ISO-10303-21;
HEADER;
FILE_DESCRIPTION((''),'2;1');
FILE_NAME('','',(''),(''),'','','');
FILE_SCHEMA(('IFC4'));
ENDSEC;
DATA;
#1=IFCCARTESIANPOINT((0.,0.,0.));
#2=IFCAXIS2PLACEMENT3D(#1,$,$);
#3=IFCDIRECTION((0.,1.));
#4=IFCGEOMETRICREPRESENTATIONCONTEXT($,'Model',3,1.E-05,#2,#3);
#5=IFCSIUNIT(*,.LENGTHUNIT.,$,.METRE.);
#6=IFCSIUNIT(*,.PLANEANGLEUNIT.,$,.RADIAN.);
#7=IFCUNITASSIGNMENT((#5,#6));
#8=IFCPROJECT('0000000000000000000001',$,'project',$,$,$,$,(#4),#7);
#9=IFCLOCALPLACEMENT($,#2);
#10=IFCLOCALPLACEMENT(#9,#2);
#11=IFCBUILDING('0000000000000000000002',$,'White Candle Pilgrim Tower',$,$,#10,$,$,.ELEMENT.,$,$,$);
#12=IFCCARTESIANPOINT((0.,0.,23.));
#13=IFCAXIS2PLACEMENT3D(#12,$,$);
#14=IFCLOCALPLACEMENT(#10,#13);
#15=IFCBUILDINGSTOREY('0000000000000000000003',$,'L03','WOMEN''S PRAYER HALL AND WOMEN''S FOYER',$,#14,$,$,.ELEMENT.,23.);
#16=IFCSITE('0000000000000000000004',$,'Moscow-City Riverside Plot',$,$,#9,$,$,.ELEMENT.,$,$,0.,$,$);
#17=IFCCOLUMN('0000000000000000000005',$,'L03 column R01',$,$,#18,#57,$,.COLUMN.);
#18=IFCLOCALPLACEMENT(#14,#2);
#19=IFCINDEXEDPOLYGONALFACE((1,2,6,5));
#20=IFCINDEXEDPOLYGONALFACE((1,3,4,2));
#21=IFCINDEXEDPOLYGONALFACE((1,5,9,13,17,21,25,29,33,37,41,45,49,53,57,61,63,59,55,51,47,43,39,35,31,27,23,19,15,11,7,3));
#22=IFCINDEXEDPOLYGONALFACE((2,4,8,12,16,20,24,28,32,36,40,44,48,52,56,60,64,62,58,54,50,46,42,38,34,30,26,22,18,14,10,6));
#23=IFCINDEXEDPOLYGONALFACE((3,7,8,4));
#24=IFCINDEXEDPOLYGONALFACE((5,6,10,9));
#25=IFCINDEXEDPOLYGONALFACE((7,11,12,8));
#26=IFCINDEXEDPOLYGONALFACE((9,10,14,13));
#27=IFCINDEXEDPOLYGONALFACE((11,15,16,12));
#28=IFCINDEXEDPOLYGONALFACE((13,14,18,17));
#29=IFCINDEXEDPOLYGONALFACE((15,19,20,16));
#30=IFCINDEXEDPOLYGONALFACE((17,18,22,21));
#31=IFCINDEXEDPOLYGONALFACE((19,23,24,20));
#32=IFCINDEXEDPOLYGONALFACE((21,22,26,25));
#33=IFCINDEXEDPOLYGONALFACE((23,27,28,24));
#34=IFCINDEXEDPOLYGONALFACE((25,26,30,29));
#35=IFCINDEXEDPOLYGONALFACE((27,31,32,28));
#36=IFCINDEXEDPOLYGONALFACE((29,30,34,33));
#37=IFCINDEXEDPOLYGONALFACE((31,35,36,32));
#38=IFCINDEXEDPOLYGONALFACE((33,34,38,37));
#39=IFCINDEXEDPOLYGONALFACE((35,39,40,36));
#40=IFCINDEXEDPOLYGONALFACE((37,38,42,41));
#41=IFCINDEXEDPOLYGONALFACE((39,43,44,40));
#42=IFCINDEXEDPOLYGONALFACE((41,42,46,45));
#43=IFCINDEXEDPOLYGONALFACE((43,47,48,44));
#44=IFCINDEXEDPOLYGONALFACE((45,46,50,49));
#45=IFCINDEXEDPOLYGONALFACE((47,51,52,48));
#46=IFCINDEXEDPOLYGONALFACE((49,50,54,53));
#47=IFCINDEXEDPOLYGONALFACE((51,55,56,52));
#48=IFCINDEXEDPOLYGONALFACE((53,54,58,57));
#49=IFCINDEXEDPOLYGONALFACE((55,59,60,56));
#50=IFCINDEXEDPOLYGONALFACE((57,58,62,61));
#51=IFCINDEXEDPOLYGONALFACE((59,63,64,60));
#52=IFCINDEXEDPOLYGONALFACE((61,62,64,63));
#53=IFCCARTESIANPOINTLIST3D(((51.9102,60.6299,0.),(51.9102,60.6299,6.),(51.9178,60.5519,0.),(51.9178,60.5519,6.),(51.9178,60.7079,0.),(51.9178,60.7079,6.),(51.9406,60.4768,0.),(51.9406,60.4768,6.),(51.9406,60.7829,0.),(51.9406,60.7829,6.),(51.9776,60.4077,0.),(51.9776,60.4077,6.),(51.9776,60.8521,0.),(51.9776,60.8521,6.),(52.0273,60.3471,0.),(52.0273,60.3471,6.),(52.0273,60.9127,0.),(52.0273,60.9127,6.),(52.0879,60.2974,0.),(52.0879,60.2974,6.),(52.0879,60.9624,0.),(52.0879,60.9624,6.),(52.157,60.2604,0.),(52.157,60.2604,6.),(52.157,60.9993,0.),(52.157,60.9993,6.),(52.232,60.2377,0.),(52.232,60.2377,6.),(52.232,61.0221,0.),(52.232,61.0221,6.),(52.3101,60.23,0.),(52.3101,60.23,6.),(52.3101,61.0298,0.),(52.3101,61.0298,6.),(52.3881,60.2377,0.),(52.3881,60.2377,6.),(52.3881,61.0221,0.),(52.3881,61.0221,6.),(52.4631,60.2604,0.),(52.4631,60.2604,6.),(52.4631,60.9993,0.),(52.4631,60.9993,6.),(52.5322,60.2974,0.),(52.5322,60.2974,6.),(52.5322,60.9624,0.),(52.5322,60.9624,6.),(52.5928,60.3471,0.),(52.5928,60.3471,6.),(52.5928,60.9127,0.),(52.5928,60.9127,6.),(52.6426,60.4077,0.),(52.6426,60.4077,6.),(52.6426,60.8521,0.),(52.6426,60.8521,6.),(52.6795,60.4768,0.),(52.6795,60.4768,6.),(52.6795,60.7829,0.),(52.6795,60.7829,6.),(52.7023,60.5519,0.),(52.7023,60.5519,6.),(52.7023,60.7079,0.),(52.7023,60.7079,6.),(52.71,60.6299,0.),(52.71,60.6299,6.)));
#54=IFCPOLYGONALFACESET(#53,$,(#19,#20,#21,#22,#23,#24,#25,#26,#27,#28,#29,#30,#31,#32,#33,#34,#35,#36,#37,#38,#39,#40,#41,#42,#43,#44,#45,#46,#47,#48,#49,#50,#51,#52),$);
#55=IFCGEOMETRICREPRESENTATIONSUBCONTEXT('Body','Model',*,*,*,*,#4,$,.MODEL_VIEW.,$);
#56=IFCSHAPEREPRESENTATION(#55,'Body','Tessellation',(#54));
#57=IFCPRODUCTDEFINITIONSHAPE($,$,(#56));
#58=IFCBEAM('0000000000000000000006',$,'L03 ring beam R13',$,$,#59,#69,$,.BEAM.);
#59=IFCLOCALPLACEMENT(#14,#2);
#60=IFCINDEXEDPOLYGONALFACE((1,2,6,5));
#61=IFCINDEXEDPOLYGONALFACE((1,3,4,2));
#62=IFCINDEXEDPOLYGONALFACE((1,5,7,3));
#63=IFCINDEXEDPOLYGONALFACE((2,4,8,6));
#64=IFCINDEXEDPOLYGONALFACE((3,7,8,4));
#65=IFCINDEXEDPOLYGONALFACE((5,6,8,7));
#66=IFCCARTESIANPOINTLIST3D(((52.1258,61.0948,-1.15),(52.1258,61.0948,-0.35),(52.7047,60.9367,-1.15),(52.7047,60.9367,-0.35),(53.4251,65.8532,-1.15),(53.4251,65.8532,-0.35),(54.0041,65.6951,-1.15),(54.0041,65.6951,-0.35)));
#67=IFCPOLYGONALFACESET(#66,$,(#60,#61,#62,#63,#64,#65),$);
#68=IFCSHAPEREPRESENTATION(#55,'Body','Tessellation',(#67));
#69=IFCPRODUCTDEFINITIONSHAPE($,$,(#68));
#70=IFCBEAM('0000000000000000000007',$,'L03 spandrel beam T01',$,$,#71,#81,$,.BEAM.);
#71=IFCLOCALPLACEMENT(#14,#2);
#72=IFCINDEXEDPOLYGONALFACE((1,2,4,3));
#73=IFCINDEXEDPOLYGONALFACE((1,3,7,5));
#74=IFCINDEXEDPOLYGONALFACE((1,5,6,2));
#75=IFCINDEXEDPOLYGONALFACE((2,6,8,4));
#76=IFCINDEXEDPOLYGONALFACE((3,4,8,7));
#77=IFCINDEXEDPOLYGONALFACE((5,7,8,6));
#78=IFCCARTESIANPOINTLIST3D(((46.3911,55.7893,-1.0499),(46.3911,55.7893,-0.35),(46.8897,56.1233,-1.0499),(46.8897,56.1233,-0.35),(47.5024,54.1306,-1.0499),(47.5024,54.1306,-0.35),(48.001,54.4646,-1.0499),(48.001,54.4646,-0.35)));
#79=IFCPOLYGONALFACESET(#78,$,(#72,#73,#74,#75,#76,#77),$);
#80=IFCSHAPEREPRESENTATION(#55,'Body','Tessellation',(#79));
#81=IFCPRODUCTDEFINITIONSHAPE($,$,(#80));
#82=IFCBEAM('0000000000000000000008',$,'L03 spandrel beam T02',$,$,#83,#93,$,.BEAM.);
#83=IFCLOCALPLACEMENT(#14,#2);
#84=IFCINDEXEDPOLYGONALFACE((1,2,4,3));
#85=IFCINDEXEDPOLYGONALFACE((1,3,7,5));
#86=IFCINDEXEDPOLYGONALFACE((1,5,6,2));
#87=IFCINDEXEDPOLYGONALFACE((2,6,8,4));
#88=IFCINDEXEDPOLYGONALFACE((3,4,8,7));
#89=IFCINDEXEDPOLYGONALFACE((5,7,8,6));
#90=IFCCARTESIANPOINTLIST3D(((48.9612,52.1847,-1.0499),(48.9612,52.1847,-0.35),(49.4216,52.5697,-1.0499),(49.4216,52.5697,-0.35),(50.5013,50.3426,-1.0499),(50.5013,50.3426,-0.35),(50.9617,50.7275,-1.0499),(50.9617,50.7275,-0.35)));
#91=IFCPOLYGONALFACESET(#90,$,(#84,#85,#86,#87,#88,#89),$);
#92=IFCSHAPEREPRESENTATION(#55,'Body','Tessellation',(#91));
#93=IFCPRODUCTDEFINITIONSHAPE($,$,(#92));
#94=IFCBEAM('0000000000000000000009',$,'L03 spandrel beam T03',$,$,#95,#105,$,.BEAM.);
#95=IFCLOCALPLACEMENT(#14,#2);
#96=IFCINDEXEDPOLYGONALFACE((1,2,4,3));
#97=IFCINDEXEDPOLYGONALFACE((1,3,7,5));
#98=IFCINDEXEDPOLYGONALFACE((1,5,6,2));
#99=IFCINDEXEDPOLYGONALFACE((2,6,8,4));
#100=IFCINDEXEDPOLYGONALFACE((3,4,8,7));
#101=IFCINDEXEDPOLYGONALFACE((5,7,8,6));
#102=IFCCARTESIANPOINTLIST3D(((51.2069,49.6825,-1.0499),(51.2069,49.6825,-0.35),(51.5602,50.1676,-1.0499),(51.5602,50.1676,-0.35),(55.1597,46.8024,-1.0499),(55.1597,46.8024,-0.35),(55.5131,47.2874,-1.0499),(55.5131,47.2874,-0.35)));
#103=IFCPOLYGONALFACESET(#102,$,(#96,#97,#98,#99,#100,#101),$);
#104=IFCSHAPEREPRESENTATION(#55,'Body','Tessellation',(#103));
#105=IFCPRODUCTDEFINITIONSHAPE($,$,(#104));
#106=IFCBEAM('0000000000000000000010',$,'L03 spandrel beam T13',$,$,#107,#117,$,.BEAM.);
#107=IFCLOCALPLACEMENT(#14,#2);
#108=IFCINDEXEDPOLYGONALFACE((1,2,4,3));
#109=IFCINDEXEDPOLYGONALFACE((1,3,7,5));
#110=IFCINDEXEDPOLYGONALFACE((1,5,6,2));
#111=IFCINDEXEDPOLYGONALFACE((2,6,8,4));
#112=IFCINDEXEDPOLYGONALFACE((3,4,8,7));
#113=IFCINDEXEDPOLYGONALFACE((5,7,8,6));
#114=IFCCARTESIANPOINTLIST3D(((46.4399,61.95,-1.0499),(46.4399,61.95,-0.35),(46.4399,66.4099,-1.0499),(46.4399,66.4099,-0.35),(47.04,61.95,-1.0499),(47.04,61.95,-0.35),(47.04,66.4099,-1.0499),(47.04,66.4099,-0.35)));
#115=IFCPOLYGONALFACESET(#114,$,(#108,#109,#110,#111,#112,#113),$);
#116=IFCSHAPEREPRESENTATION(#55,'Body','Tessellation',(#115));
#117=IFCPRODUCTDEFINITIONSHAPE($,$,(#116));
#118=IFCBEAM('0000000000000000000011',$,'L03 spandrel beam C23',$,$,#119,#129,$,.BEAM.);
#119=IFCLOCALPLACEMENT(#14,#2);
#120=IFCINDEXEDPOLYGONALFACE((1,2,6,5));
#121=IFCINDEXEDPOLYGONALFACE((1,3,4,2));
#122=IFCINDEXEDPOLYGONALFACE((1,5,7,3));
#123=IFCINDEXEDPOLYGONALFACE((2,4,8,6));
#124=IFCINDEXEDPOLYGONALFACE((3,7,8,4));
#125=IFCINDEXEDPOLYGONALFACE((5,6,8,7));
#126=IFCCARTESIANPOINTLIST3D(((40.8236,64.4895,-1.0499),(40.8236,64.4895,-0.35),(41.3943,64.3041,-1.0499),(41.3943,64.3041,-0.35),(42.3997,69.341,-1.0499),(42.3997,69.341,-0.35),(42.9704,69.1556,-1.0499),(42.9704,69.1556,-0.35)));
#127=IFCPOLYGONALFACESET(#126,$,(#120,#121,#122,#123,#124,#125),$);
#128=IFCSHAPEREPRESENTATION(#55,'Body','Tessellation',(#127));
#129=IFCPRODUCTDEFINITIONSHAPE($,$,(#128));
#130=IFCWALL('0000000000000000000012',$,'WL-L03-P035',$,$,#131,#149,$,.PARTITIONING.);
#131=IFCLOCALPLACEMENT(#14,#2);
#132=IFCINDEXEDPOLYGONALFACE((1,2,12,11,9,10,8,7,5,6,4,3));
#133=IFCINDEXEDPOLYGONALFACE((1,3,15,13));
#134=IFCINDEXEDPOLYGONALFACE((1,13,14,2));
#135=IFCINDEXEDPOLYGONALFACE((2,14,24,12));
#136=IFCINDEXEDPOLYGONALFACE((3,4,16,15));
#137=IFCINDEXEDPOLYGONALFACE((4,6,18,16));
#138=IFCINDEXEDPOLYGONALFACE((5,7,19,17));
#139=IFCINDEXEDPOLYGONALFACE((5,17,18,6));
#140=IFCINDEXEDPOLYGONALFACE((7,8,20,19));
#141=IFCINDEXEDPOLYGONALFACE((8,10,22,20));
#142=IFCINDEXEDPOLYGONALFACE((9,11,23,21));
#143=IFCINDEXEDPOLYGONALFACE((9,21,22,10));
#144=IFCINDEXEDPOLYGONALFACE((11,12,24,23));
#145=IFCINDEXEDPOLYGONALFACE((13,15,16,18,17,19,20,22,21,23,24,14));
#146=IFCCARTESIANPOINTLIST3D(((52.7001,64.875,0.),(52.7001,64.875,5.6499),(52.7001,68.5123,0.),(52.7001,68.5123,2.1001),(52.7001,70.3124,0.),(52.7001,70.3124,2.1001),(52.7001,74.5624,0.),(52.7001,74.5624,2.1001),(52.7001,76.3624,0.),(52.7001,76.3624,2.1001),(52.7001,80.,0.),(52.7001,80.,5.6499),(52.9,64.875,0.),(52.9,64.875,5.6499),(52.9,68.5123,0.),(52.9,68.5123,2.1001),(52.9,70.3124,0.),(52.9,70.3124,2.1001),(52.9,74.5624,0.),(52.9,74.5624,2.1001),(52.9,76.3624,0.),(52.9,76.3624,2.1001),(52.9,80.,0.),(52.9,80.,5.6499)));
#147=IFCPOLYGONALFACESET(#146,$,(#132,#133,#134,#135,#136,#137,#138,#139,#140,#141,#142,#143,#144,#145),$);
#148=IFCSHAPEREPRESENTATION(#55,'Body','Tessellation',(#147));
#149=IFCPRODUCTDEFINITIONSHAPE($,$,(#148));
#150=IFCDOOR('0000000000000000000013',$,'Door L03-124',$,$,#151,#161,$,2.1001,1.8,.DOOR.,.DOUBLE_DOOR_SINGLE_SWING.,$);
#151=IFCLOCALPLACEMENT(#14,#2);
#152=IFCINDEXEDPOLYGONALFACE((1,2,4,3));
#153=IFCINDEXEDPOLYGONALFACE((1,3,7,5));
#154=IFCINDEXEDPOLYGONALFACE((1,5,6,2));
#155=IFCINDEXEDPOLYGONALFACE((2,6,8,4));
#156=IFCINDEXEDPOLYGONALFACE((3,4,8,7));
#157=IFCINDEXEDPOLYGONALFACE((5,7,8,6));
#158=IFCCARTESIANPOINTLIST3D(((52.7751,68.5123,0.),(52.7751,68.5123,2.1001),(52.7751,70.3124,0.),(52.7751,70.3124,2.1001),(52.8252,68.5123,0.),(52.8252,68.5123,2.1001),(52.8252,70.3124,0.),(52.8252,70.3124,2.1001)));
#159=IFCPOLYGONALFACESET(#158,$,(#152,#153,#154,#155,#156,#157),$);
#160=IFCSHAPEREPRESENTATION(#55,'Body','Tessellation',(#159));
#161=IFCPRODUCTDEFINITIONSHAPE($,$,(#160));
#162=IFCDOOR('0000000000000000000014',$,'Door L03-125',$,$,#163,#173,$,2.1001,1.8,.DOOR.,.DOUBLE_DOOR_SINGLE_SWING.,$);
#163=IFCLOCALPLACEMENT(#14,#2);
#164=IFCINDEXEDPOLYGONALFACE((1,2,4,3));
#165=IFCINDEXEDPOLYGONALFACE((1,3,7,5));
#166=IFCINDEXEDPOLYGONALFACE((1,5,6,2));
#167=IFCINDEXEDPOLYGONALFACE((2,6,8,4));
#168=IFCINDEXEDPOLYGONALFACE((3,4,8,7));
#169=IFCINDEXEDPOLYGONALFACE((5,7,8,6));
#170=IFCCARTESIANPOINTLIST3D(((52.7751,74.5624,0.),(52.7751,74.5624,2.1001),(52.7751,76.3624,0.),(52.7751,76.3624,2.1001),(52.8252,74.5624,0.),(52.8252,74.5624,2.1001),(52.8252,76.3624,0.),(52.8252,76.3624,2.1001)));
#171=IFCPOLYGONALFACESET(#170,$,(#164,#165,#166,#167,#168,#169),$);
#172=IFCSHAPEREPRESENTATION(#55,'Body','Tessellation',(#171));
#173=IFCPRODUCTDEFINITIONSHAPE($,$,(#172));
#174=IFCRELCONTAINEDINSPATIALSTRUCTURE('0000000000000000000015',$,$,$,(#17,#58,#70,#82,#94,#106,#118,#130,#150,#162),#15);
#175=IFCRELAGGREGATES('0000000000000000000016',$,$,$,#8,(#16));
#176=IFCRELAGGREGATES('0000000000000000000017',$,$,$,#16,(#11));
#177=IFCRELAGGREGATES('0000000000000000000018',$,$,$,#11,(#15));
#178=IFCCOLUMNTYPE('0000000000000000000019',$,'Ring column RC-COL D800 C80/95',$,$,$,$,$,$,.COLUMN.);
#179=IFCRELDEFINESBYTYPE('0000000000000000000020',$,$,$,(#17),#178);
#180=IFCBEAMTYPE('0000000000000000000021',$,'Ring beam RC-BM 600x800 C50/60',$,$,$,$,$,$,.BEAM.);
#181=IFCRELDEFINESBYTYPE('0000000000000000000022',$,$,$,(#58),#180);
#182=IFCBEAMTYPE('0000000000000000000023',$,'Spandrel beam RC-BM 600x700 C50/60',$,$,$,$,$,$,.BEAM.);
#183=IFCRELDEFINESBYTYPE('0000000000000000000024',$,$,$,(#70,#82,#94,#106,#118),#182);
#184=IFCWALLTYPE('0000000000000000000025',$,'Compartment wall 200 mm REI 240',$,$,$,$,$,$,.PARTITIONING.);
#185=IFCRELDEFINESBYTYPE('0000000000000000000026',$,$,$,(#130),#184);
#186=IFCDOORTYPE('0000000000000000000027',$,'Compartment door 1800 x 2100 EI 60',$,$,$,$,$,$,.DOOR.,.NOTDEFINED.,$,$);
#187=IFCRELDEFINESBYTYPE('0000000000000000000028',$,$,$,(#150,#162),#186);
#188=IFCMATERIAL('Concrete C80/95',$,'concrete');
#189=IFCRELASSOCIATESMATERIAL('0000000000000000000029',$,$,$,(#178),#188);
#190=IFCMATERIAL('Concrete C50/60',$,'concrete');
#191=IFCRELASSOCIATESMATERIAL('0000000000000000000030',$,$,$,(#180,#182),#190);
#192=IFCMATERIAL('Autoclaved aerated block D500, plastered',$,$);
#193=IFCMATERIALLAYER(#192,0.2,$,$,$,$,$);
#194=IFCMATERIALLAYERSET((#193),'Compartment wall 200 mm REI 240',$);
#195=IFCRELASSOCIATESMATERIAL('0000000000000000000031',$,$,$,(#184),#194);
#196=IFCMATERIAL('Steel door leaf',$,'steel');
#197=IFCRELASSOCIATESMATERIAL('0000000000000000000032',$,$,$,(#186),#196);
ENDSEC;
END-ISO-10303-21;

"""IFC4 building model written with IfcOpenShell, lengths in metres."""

from ifc_helpers import new_model, si_unit, direction, frame, frame_2d, origin, origin_2d, place, context, subcontext, project, spatial, rectangle, circle, extrude, material, layer, layer_set, material_profile, profile_set, type_object, element, fill, save


model = new_model("IFC4")

# Units and contexts
model_context = context("Model", 3, precision=1e-05, world=origin(), true_north=direction((0.0, 1.0)))
body_context = subcontext(model_context, "Body", "Model", "MODEL_VIEW")
ifc_project = project(units=[si_unit("LENGTHUNIT", "METRE"), si_unit("PLANEANGLEUNIT", "RADIAN")], contexts=[model_context])

# Site, building, storey
site_placement = place(None, origin())
site = spatial("IfcSite", under=ifc_project, at=site_placement, Name="Moscow-City Riverside Plot", CompositionType="ELEMENT", RefElevation=0.0)
building_placement = place(site_placement, origin())
building = spatial("IfcBuilding", under=site, at=building_placement, Name="White Candle Pilgrim Tower", CompositionType="ELEMENT")
storey_placement = place(building_placement, frame((0.0, 0.0, 23.0)))
storey = spatial("IfcBuildingStorey", under=building, at=storey_placement, Name="L03", Description="WOMEN'S PRAYER HALL AND WOMEN'S FOYER", CompositionType="ELEMENT", Elevation=23.0)

# Column
ifc_material_1 = material(Name="Concrete C80/95", Category="concrete")
ifc_material_profile_1 = material_profile(ifc_material_1, circle(Radius=0.3999, at=origin_2d()), Name="RC-COL D800")
ifc_profile_set_1 = profile_set([ifc_material_profile_1], Name="Concrete C80/95")
column_type_1 = type_object("IfcColumnType", Name="Ring column RC-COL D800 C80/95", PredefinedType="COLUMN", material=ifc_profile_set_1)
column_1_placement = place(storey_placement, frame((52.3101, 60.6299, 0.0), z_axis=(0.0, 0.0, 1.0), x_axis=(1.0, 0.0, 0.0)))
element("IfcColumn", 1, at=column_1_placement, inside=storey, type_object=column_type_1, Name="L03 column R01", PredefinedType="COLUMN", context=body_context, shape_type="SweptSolid", body=[
    extrude(circle(Radius=0.3999, at=origin_2d()), origin(), (0.0, 0.0, 1.0), 6.0),
])

# Beams
ifc_material_2 = material(Name="Concrete C50/60", Category="concrete")
ifc_material_profile_2 = material_profile(ifc_material_2, rectangle(XDim=0.6001, YDim=0.8, at=origin_2d()), Name="RC-BM 600x800")
ifc_profile_set_2 = profile_set([ifc_material_profile_2], Name="Concrete C50/60")
beam_type_1 = type_object("IfcBeamType", Name="Ring beam RC-BM 600x800 C50/60", PredefinedType="BEAM", material=ifc_profile_set_2)
beam_1_placement = place(storey_placement, frame((53.7146, 65.7742, -0.75), z_axis=(-0.263419, -0.964682, 0.0), x_axis=(0.964682, -0.263419, 0.0)))
element("IfcBeam", 2, at=beam_1_placement, inside=storey, type_object=beam_type_1, Name="L03 ring beam R13", PredefinedType="BEAM", context=body_context, shape_type="SweptSolid", body=[
    extrude(rectangle(XDim=0.6001, YDim=0.8, at=origin_2d()), origin(), (0.0, 0.0, 1.0), 4.9326),
])
ifc_material_profile_3 = material_profile(ifc_material_2, rectangle(XDim=0.6001, YDim=0.7, at=origin_2d()), Name="RC-BM 600x700")
ifc_profile_set_3 = profile_set([ifc_material_profile_3], Name="Concrete C50/60")
beam_type_2 = type_object("IfcBeamType", Name="Spandrel beam RC-BM 600x700 C50/60", PredefinedType="BEAM", material=ifc_profile_set_3)
beam_2_placement = place(storey_placement, frame((46.6404, 55.9563, -0.7), z_axis=(0.556618, -0.830769, 0.0), x_axis=(0.830769, 0.556618, 0.0)))
element("IfcBeam", 3, at=beam_2_placement, inside=storey, type_object=beam_type_2, Name="L03 spandrel beam T01", PredefinedType="BEAM", context=body_context, shape_type="SweptSolid", body=[
    extrude(rectangle(XDim=0.6001, YDim=0.7, at=origin_2d()), origin(), (0.0, 0.0, 1.0), 1.9966),
])
beam_3_placement = place(storey_placement, frame((49.1914, 52.3772, -0.7), z_axis=(0.641414, -0.767195, 0.0), x_axis=(0.767195, 0.641414, 0.0)))
element("IfcBeam", 4, at=beam_3_placement, inside=storey, type_object=beam_type_2, Name="L03 spandrel beam T02", PredefinedType="BEAM", context=body_context, shape_type="SweptSolid", body=[
    extrude(rectangle(XDim=0.6001, YDim=0.7, at=origin_2d()), origin(), (0.0, 0.0, 1.0), 2.4011),
])
beam_4_placement = place(storey_placement, frame((51.3835, 49.925, -0.7), z_axis=(0.80822, -0.588881, 0.0), x_axis=(0.588881, 0.80822, 0.0)))
element("IfcBeam", 5, at=beam_4_placement, inside=storey, type_object=beam_type_2, Name="L03 spandrel beam T03", PredefinedType="BEAM", context=body_context, shape_type="SweptSolid", body=[
    extrude(rectangle(XDim=0.6001, YDim=0.7, at=origin_2d()), origin(), (0.0, 0.0, 1.0), 4.8909),
])
beam_5_placement = place(storey_placement, frame((46.74, 66.4099, -0.7), z_axis=(0.0, -1.0, 0.0), x_axis=(1.0, 0.0, 0.0)))
element("IfcBeam", 6, at=beam_5_placement, inside=storey, type_object=beam_type_2, Name="L03 spandrel beam T13", PredefinedType="BEAM", context=body_context, shape_type="SweptSolid", body=[
    extrude(rectangle(XDim=0.6001, YDim=0.7, at=origin_2d()), origin(), (0.0, 0.0, 1.0), 4.46),
])
beam_6_placement = place(storey_placement, frame((42.6851, 69.2483, -0.7), z_axis=(-0.308982, -0.951068, 0.0), x_axis=(0.951068, -0.308982, 0.0)))
element("IfcBeam", 7, at=beam_6_placement, inside=storey, type_object=beam_type_2, Name="L03 spandrel beam C23", PredefinedType="BEAM", context=body_context, shape_type="SweptSolid", body=[
    extrude(rectangle(XDim=0.6001, YDim=0.7, at=origin_2d()), origin(), (0.0, 0.0, 1.0), 5.1011),
])

# Wall, openings, doors
ifc_material_3 = material(Name="Autoclaved aerated block D500, plastered")
ifc_layer_1 = layer(ifc_material_3, 0.2)
ifc_layer_set_1 = layer_set([ifc_layer_1], Name="Compartment wall 200 mm REI 240")
wall_type_1 = type_object("IfcWallType", Name="Compartment wall 200 mm REI 240", PredefinedType="PARTITIONING", material=ifc_layer_set_1)
wall_1_placement = place(storey_placement, frame((52.8, 64.875, 0.0), z_axis=(0.0, 0.0, 1.0), x_axis=(0.0, 1.0, 0.0)))
wall_1 = element("IfcWall", 8, at=wall_1_placement, inside=storey, type_object=wall_type_1, Name="WL-L03-P035", PredefinedType="PARTITIONING", context=body_context, shape_type="SweptSolid", body=[
    extrude(rectangle(XDim=15.125, YDim=0.2, at=frame_2d((7.5625, 0.0))), origin(), (0.0, 0.0, 1.0), 5.6499),
])
opening_1_placement = place(wall_1_placement, frame((3.6375, 0.0, 0.0)))
opening_1 = element("IfcOpeningElement", 9, at=opening_1_placement, cuts=wall_1, PredefinedType="OPENING", context=body_context, shape_type="SweptSolid", body=[
    extrude(rectangle(XDim=1.8, YDim=2.1001, at=frame_2d((0.8999, 1.05))), frame((0.0, 0.1099, 0.0), z_axis=(0.0, -1.0, 0.0), x_axis=(1.0, 0.0, 0.0)), (0.0, 0.0, 1.0), 0.22),
])
opening_2_placement = place(wall_1_placement, frame((9.6875, 0.0, 0.0)))
opening_2 = element("IfcOpeningElement", 10, at=opening_2_placement, cuts=wall_1, PredefinedType="OPENING", context=body_context, shape_type="SweptSolid", body=[
    extrude(rectangle(XDim=1.8, YDim=2.1001, at=frame_2d((0.8999, 1.05))), frame((0.0, 0.1099, 0.0), z_axis=(0.0, -1.0, 0.0), x_axis=(1.0, 0.0, 0.0)), (0.0, 0.0, 1.0), 0.22),
])
ifc_material_4 = material(Name="Steel door leaf", Category="steel")
door_type_1 = type_object("IfcDoorType", Name="Compartment door 1800 x 2100 EI 60", OperationType="NOTDEFINED", PredefinedType="DOOR", material=ifc_material_4)
door_1_placement = place(opening_1_placement, origin())
door_1 = element("IfcDoor", 11, at=door_1_placement, inside=storey, type_object=door_type_1, Name="Door L03-124", OperationType="DOUBLE_DOOR_SINGLE_SWING", OverallHeight=2.1001, OverallWidth=1.8, PredefinedType="DOOR", context=body_context, shape_type="SweptSolid", body=[
    extrude(rectangle(XDim=1.8, YDim=2.1001, at=frame_2d((0.8999, 1.05))), frame((0.0, 0.0249, 0.0), z_axis=(0.0, -1.0, 0.0), x_axis=(1.0, 0.0, 0.0)), (0.0, 0.0, 1.0), 0.05),
])
fill(opening_1, door_1)
door_2_placement = place(opening_2_placement, origin())
door_2 = element("IfcDoor", 12, at=door_2_placement, inside=storey, type_object=door_type_1, Name="Door L03-125", OperationType="DOUBLE_DOOR_SINGLE_SWING", OverallHeight=2.1001, OverallWidth=1.8, PredefinedType="DOOR", context=body_context, shape_type="SweptSolid", body=[
    extrude(rectangle(XDim=1.8, YDim=2.1001, at=frame_2d((0.8999, 1.05))), frame((0.0, 0.0249, 0.0), z_axis=(0.0, -1.0, 0.0), x_axis=(1.0, 0.0, 0.0)), (0.0, 0.0, 1.0), 0.05),
])
fill(opening_2, door_2)

save(model, "model.ifc")
